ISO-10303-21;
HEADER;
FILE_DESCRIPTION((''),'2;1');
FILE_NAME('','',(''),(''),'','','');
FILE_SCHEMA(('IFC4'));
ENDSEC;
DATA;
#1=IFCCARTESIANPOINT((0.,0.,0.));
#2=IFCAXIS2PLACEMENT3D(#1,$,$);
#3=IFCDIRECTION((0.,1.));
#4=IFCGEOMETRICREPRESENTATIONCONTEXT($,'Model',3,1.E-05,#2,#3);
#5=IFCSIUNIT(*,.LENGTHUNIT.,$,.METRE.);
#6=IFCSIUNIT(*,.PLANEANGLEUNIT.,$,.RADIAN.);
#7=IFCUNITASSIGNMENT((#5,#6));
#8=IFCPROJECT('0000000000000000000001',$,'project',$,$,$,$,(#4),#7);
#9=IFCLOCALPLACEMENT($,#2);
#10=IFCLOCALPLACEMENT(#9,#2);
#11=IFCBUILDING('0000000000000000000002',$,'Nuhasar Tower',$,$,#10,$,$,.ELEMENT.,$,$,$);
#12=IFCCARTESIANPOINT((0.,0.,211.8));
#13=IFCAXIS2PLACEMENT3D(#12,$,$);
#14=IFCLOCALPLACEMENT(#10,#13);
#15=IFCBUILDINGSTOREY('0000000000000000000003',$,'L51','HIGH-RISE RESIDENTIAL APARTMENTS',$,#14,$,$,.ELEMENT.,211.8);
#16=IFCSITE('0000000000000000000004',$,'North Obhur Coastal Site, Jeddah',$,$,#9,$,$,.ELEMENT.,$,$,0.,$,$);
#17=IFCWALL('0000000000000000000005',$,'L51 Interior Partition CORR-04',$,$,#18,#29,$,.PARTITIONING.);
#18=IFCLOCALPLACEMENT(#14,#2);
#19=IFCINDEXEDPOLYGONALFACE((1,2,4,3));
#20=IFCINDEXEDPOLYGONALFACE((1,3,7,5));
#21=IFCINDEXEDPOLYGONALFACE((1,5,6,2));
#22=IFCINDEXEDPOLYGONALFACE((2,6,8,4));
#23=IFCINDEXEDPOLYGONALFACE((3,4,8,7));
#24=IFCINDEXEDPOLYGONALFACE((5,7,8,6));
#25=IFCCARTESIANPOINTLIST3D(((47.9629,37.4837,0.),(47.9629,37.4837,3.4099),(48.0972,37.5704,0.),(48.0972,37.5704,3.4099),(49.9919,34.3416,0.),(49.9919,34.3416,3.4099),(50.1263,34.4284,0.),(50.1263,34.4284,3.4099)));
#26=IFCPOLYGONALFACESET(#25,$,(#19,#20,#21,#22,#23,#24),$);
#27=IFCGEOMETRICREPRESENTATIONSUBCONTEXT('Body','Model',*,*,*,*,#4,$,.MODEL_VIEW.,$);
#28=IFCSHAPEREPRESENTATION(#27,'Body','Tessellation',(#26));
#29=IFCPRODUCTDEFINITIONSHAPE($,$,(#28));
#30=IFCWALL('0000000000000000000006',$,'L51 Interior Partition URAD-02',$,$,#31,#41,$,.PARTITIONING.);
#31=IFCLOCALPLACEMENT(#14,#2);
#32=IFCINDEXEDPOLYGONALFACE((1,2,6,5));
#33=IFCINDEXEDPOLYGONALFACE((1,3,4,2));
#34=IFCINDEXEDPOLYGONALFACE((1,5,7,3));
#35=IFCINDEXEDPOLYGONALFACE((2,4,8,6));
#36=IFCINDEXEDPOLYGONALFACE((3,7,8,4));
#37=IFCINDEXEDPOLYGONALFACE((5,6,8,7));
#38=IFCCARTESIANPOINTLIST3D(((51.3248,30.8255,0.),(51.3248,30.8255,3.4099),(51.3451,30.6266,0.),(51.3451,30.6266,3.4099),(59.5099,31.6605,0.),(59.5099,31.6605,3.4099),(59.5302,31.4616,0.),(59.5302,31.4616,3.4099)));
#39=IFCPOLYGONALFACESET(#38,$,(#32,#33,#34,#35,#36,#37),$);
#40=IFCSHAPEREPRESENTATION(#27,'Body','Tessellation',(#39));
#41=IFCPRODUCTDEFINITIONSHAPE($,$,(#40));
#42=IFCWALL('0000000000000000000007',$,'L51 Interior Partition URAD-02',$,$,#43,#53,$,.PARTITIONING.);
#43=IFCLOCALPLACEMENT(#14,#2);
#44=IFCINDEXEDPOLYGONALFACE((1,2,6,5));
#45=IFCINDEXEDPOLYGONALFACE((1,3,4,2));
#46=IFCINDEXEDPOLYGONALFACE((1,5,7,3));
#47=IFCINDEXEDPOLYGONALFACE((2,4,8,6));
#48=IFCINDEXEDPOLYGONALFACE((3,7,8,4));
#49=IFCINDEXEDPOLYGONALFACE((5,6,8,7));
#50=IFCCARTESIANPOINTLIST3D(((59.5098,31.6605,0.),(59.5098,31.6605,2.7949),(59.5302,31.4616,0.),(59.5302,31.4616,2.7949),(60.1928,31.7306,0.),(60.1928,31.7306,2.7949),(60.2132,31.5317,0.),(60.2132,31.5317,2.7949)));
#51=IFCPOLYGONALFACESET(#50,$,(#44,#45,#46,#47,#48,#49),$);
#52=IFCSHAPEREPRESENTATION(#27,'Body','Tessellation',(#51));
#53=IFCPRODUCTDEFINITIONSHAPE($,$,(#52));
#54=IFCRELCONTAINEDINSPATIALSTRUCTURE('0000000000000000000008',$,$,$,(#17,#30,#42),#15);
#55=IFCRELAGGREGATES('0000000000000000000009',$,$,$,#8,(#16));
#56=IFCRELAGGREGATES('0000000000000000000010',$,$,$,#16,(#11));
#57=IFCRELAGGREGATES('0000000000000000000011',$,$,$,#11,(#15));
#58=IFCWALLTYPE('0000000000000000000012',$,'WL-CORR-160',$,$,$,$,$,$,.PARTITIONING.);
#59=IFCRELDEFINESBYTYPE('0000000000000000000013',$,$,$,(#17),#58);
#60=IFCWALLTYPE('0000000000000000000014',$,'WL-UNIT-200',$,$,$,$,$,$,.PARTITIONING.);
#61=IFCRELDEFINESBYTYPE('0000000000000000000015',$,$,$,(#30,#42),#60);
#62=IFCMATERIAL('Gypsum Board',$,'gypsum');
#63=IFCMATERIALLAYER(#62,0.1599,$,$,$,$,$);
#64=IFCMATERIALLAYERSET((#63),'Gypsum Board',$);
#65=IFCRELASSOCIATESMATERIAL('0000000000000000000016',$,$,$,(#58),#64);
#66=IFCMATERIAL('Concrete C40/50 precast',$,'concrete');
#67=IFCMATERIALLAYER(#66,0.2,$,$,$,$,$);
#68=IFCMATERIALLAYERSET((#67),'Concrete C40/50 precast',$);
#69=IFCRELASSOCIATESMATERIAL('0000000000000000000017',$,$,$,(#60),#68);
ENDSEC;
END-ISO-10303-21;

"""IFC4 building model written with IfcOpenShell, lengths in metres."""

from ifc_helpers import new_model, si_unit, direction, frame, frame_2d, origin, place, context, subcontext, project, spatial, rectangle, extrude, material, layer, layer_set, type_object, element, save


model = new_model("IFC4")

# Units and contexts
model_context = context("Model", 3, precision=1e-05, world=origin(), true_north=direction((0.0, 1.0)))
body_context = subcontext(model_context, "Body", "Model", "MODEL_VIEW")
ifc_project = project(units=[si_unit("LENGTHUNIT", "METRE"), si_unit("PLANEANGLEUNIT", "RADIAN")], contexts=[model_context])

# Site, building, storey
site_placement = place(None, origin())
site = spatial("IfcSite", under=ifc_project, at=site_placement, Name="North Obhur Coastal Site, Jeddah", CompositionType="ELEMENT", RefElevation=0.0)
building_placement = place(site_placement, origin())
building = spatial("IfcBuilding", under=site, at=building_placement, Name="Nuhasar Tower", CompositionType="ELEMENT")
storey_placement = place(building_placement, frame((0.0, 0.0, 211.8)))
storey = spatial("IfcBuildingStorey", under=building, at=storey_placement, Name="L51", Description="HIGH-RISE RESIDENTIAL APARTMENTS", CompositionType="ELEMENT", Elevation=211.8)

# Shared definitions
ifc_material_1 = material(Name="Gypsum Board", Category="gypsum")
ifc_layer_1 = layer(ifc_material_1, 0.1599)
ifc_layer_set_1 = layer_set([ifc_layer_1], Name="Gypsum Board")
wall_type_1 = type_object("IfcWallType", Name="WL-CORR-160", PredefinedType="PARTITIONING", material=ifc_layer_set_1)

# Walls
wall_1_placement = place(storey_placement, frame((50.0591, 34.385, 0.0), z_axis=(0.0, 0.0, 1.0), x_axis=(-0.542485, 0.840065, 0.0)))
element("IfcWall", 1, at=wall_1_placement, inside=storey, type_object=wall_type_1, Name="L51 Interior Partition CORR-04", PredefinedType="PARTITIONING", context=body_context, shape_type="SweptSolid", body=[
    extrude(rectangle(XDim=3.7402, YDim=0.1599, at=frame_2d((1.8701, 0.0))), origin(), (0.0, 0.0, 1.0), 3.4099),
])
ifc_material_2 = material(Name="Concrete C40/50 precast", Category="concrete")
ifc_layer_2 = layer(ifc_material_2, 0.2)
ifc_layer_set_2 = layer_set([ifc_layer_2], Name="Concrete C40/50 precast")
wall_type_2 = type_object("IfcWallType", Name="WL-UNIT-200", PredefinedType="PARTITIONING", material=ifc_layer_set_2)
wall_2_placement = place(storey_placement, frame((51.335, 30.7261, 0.0), z_axis=(0.0, 0.0, 1.0), x_axis=(0.994837, 0.101484, 0.0)))
element("IfcWall", 2, at=wall_2_placement, inside=storey, type_object=wall_type_2, Name="L51 Interior Partition URAD-02", PredefinedType="PARTITIONING", context=body_context, shape_type="SweptSolid", body=[
    extrude(rectangle(XDim=8.2275, YDim=0.2, at=frame_2d((4.1138, 0.0))), origin(), (0.0, 0.0, 1.0), 3.4099),
])
wall_3_placement = place(storey_placement, frame((59.52, 31.561, 0.0), z_axis=(0.0, 0.0, 1.0), x_axis=(0.994777, 0.102074, 0.0)))
element("IfcWall", 3, at=wall_3_placement, inside=storey, type_object=wall_type_2, Name="L51 Interior Partition URAD-02", PredefinedType="PARTITIONING", context=body_context, shape_type="SweptSolid", body=[
    extrude(rectangle(XDim=0.6865, YDim=0.2, at=frame_2d((0.3433, 0.0))), origin(), (0.0, 0.0, 1.0), 2.7949),
])

save(model, "model.ifc")
